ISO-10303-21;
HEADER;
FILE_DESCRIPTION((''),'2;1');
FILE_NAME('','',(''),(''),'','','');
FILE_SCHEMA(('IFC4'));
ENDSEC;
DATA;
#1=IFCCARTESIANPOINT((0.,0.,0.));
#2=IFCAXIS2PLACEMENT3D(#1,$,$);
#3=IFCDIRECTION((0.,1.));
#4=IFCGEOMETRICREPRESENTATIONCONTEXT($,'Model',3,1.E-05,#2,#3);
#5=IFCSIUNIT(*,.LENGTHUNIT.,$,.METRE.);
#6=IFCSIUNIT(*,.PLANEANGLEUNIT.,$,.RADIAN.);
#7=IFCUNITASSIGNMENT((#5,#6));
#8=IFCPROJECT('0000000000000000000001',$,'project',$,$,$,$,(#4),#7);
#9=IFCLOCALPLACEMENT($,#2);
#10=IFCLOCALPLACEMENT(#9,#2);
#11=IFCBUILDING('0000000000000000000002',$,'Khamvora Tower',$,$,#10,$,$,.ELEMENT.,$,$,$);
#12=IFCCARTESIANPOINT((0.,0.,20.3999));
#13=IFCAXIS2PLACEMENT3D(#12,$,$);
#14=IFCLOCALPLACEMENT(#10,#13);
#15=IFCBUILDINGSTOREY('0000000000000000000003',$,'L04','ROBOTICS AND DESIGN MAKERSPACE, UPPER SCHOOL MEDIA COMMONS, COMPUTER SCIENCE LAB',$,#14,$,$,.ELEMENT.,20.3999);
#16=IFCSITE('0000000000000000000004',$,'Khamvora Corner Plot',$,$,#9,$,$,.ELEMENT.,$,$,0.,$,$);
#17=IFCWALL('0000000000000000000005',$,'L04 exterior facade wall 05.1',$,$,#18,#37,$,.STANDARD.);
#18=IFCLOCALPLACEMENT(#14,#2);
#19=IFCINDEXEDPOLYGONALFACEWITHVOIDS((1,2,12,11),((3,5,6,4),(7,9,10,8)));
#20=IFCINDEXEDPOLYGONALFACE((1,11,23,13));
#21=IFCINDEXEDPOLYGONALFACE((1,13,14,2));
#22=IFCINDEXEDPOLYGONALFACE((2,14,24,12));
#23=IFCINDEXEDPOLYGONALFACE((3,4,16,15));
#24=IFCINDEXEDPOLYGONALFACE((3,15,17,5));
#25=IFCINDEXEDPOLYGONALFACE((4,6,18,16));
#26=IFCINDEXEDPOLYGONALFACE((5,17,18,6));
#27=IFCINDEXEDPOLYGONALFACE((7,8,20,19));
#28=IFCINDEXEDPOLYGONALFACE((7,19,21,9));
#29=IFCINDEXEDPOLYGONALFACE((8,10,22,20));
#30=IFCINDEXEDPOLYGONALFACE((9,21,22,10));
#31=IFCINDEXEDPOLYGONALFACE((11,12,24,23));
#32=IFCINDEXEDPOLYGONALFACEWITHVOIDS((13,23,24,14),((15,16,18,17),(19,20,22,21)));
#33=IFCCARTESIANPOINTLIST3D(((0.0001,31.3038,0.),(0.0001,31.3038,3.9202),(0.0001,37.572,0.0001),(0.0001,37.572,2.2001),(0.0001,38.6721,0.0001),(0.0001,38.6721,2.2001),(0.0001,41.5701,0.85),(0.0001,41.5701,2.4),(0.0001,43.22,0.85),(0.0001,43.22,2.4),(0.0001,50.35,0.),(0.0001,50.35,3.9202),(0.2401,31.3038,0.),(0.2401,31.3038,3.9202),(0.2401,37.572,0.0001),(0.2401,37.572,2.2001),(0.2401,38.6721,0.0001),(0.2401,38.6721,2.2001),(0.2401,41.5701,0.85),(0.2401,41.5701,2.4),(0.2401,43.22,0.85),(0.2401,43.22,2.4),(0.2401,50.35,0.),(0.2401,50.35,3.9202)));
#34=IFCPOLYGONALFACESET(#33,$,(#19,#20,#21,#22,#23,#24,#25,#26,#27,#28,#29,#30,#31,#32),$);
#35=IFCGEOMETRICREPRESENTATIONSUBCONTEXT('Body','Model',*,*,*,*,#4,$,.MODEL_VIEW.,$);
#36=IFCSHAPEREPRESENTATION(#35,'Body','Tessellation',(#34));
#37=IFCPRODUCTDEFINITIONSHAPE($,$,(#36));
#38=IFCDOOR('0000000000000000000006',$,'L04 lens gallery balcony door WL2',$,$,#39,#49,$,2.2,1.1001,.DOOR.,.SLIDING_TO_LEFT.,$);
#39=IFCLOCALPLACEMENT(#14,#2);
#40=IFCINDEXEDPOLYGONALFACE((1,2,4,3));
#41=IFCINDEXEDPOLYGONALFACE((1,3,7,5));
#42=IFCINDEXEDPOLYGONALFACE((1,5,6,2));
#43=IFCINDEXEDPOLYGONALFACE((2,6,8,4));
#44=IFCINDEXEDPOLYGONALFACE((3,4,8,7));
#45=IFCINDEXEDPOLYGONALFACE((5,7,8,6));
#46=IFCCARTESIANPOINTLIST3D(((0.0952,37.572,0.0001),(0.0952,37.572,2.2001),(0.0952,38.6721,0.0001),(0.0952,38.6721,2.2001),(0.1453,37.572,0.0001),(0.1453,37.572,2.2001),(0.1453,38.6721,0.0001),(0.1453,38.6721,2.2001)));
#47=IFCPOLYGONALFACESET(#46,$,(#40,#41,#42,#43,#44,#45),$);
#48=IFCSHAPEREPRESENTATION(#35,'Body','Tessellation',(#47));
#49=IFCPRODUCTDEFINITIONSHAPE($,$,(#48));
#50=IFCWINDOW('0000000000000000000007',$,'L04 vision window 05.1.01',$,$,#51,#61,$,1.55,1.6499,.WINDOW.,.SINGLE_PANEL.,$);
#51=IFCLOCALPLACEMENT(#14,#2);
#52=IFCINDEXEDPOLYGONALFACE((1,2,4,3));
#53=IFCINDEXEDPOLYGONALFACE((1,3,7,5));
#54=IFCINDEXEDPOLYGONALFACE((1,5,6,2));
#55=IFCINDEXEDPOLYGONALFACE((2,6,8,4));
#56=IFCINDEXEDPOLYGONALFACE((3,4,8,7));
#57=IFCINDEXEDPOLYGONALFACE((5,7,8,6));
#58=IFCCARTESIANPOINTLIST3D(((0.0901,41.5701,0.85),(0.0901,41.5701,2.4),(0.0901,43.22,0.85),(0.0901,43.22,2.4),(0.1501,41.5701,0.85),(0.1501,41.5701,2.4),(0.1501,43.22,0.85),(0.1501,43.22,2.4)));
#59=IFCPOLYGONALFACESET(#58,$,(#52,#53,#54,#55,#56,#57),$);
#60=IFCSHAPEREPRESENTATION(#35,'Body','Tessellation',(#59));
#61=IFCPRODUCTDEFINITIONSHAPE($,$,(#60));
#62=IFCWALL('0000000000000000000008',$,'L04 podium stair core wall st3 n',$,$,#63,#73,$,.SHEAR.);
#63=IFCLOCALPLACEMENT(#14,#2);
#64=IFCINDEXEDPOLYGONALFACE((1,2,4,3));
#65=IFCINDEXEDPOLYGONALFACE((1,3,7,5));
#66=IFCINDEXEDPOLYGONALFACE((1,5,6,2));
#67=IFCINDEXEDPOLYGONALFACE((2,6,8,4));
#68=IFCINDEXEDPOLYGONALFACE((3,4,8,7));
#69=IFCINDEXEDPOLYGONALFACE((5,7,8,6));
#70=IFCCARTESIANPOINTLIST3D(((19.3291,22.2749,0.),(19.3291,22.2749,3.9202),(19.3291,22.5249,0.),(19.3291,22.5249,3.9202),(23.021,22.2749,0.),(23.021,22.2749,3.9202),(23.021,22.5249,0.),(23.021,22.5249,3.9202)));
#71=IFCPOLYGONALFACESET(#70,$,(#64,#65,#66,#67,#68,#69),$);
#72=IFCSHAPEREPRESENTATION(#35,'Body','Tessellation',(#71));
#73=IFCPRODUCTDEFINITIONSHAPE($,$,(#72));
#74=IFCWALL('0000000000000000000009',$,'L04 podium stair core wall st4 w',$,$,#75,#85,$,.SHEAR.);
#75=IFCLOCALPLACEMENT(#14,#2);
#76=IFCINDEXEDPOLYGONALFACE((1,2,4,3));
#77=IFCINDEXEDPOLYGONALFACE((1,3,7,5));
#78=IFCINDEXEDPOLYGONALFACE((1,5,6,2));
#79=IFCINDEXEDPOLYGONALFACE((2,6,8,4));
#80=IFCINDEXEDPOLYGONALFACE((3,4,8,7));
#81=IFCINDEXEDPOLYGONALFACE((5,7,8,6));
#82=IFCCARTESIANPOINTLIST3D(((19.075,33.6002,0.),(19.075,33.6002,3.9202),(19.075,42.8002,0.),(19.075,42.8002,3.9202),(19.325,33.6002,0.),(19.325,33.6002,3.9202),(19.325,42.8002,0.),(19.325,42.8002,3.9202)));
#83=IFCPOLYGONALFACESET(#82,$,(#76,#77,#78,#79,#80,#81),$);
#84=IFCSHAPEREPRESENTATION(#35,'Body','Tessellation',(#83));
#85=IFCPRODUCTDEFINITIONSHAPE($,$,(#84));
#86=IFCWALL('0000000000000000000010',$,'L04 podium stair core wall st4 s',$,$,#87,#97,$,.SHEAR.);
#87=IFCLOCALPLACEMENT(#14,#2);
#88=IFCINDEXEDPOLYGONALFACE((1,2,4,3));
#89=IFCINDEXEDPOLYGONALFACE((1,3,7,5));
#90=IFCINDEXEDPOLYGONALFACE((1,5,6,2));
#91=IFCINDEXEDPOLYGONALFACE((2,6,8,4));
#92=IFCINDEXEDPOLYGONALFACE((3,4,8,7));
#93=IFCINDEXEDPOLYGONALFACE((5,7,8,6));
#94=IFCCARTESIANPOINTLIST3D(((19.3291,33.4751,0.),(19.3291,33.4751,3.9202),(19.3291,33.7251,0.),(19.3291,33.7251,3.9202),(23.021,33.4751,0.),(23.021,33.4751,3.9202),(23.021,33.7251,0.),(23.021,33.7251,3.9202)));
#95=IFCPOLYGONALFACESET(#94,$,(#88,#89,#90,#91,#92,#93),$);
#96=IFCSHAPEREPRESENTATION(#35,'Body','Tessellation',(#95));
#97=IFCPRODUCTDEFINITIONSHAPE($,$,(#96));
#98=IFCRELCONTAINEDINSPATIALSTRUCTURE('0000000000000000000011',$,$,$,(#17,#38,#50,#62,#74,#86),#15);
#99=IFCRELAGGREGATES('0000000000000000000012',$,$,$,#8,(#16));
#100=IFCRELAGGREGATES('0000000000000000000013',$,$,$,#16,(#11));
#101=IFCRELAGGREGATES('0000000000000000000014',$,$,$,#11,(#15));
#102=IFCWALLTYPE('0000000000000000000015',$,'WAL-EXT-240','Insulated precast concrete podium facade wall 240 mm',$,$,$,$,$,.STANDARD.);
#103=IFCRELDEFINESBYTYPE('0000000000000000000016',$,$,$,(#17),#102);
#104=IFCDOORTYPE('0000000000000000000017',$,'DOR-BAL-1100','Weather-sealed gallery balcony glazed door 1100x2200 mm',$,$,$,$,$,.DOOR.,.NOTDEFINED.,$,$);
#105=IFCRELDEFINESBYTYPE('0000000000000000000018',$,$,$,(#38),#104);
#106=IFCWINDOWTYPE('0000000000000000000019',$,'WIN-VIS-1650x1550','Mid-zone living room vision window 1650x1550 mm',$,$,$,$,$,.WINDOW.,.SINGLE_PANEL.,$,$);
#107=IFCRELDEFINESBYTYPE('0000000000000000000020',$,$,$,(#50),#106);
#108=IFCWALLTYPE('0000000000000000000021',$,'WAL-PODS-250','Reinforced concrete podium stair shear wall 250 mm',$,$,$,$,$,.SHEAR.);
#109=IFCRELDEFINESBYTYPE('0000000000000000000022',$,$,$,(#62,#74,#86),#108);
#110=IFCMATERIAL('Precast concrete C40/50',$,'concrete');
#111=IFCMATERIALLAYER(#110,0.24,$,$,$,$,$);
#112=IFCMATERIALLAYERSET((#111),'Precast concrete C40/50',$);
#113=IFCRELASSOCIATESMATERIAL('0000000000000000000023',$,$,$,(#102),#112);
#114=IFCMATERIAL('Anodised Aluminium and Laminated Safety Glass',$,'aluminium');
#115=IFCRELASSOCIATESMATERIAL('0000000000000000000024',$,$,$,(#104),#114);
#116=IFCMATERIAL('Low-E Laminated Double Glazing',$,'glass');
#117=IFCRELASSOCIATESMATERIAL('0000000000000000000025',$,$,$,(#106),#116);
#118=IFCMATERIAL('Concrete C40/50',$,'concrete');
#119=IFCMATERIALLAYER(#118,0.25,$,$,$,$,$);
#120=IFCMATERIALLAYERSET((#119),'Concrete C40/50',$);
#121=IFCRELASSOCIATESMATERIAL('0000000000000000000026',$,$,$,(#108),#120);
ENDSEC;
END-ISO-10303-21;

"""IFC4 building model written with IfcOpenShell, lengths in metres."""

from ifc_helpers import new_model, si_unit, direction, frame, frame_2d, origin, place, context, subcontext, project, spatial, rectangle, extrude, material, layer, layer_set, type_object, element, fill, save


model = new_model("IFC4")

# Units and contexts
model_context = context("Model", 3, precision=1e-05, world=origin(), true_north=direction((0.0, 1.0)))
body_context = subcontext(model_context, "Body", "Model", "MODEL_VIEW")
ifc_project = project(units=[si_unit("LENGTHUNIT", "METRE"), si_unit("PLANEANGLEUNIT", "RADIAN")], contexts=[model_context])

# Site, building, storey
site_placement = place(None, origin())
site = spatial("IfcSite", under=ifc_project, at=site_placement, Name="Khamvora Corner Plot", CompositionType="ELEMENT", RefElevation=0.0)
building_placement = place(site_placement, origin())
building = spatial("IfcBuilding", under=site, at=building_placement, Name="Khamvora Tower", CompositionType="ELEMENT")
storey_placement = place(building_placement, frame((0.0, 0.0, 20.3999)))
storey = spatial("IfcBuildingStorey", under=building, at=storey_placement, Name="L04", Description="ROBOTICS AND DESIGN MAKERSPACE, UPPER SCHOOL MEDIA COMMONS, COMPUTER SCIENCE LAB", CompositionType="ELEMENT", Elevation=20.3999)

# Shared definitions
ifc_material_1 = material(Name="Precast concrete C40/50", Category="concrete")
ifc_layer_1 = layer(ifc_material_1, 0.24)
ifc_layer_set_1 = layer_set([ifc_layer_1], Name="Precast concrete C40/50")
wall_type_1 = type_object("IfcWallType", Name="WAL-EXT-240", Description="Insulated precast concrete podium facade wall 240 mm", PredefinedType="STANDARD", material=ifc_layer_set_1)

# Wall, openings, door, window
wall_1_placement = place(storey_placement, frame((0.1201, 31.304, 0.0), z_axis=(0.0, 0.0, 1.0), x_axis=(0.0, 1.0, 0.0)))
wall_1 = element("IfcWall", 1, at=wall_1_placement, inside=storey, type_object=wall_type_1, Name="L04 exterior facade wall 05.1", PredefinedType="STANDARD", context=body_context, shape_type="SweptSolid", body=[
    extrude(rectangle(XDim=19.0461, YDim=0.24, at=frame_2d((9.5229, 0.0))), origin(), (0.0, 0.0, 1.0), 3.9202),
])
opening_1_placement = place(wall_1_placement, frame((6.2681, 0.0, 0.0)))
opening_1 = element("IfcOpeningElement", 2, at=opening_1_placement, cuts=wall_1, PredefinedType="OPENING", context=body_context, shape_type="SweptSolid", body=[
    extrude(rectangle(XDim=1.1001, YDim=2.2, at=frame_2d((0.55, 1.1001))), frame((0.0, 0.1299, 0.0), z_axis=(0.0, -1.0, 0.0), x_axis=(1.0, 0.0, 0.0)), (0.0, 0.0, 1.0), 0.26),
])
opening_2_placement = place(wall_1_placement, frame((10.2661, 0.0, 0.8501)))
opening_2 = element("IfcOpeningElement", 3, at=opening_2_placement, cuts=wall_1, PredefinedType="OPENING", context=body_context, shape_type="SweptSolid", body=[
    extrude(rectangle(XDim=1.6499, YDim=1.55, at=frame_2d((0.825, 0.7749))), frame((0.0, 0.1299, 0.0), z_axis=(0.0, -1.0, 0.0), x_axis=(1.0, 0.0, 0.0)), (0.0, 0.0, 1.0), 0.26),
])
ifc_material_2 = material(Name="Anodised Aluminium and Laminated Safety Glass", Category="aluminium")
door_type_1 = type_object("IfcDoorType", Name="DOR-BAL-1100", Description="Weather-sealed gallery balcony glazed door 1100x2200 mm", OperationType="NOTDEFINED", PredefinedType="DOOR", material=ifc_material_2)
door_1_placement = place(opening_1_placement, origin())
door_1 = element("IfcDoor", 4, at=door_1_placement, inside=storey, type_object=door_type_1, Name="L04 lens gallery balcony door WL2", OperationType="SLIDING_TO_LEFT", OverallHeight=2.2, OverallWidth=1.1001, PredefinedType="DOOR", context=body_context, shape_type="SweptSolid", body=[
    extrude(rectangle(XDim=1.1001, YDim=2.2, at=frame_2d((0.55, 1.1001))), frame((0.0, 0.0249, 0.0), z_axis=(0.0, -1.0, 0.0), x_axis=(1.0, 0.0, 0.0)), (0.0, 0.0, 1.0), 0.05),
])
fill(opening_1, door_1)
ifc_material_3 = material(Name="Low-E Laminated Double Glazing", Category="glass")
window_type = type_object("IfcWindowType", Name="WIN-VIS-1650x1550", Description="Mid-zone living room vision window 1650x1550 mm", PartitioningType="SINGLE_PANEL", PredefinedType="WINDOW", material=ifc_material_3)
window_placement = place(opening_2_placement, origin())
window = element("IfcWindow", 5, at=window_placement, inside=storey, type_object=window_type, Name="L04 vision window 05.1.01", OverallHeight=1.55, OverallWidth=1.6499, PartitioningType="SINGLE_PANEL", PredefinedType="WINDOW", context=body_context, shape_type="SweptSolid", body=[
    extrude(rectangle(XDim=1.6499, YDim=1.55, at=frame_2d((0.825, 0.7749))), frame((0.0, 0.03, 0.0), z_axis=(0.0, -1.0, 0.0), x_axis=(1.0, 0.0, 0.0)), (0.0, 0.0, 1.0), 0.0601),
])
fill(opening_2, window)

# Walls
ifc_material_4 = material(Name="Concrete C40/50", Category="concrete")
ifc_layer_2 = layer(ifc_material_4, 0.25)
ifc_layer_set_2 = layer_set([ifc_layer_2], Name="Concrete C40/50")
wall_type_2 = type_object("IfcWallType", Name="WAL-PODS-250", Description="Reinforced concrete podium stair shear wall 250 mm", PredefinedType="SHEAR", material=ifc_layer_set_2)
wall_2_placement = place(storey_placement, frame((19.3291, 22.3999, 0.0), z_axis=(0.0, 0.0, 1.0), x_axis=(1.0, 0.0, 0.0)))
element("IfcWall", 6, at=wall_2_placement, inside=storey, type_object=wall_type_2, Name="L04 podium stair core wall st3 n", PredefinedType="SHEAR", context=body_context, shape_type="SweptSolid", body=[
    extrude(rectangle(XDim=3.6919, YDim=0.25, at=frame_2d((1.8459, 0.0))), origin(), (0.0, 0.0, 1.0), 3.9202),
])
wall_3_placement = place(storey_placement, frame((19.2, 33.6001, 0.0), z_axis=(0.0, 0.0, 1.0), x_axis=(0.0, 1.0, 0.0)))
element("IfcWall", 7, at=wall_3_placement, inside=storey, type_object=wall_type_2, Name="L04 podium stair core wall st4 w", PredefinedType="SHEAR", context=body_context, shape_type="SweptSolid", body=[
    extrude(rectangle(XDim=9.2, YDim=0.25, at=frame_2d((4.6001, 0.0))), origin(), (0.0, 0.0, 1.0), 3.9202),
])
wall_4_placement = place(storey_placement, frame((19.3291, 33.6001, 0.0), z_axis=(0.0, 0.0, 1.0), x_axis=(1.0, 0.0, 0.0)))
element("IfcWall", 8, at=wall_4_placement, inside=storey, type_object=wall_type_2, Name="L04 podium stair core wall st4 s", PredefinedType="SHEAR", context=body_context, shape_type="SweptSolid", body=[
    extrude(rectangle(XDim=3.6919, YDim=0.25, at=frame_2d((1.8459, 0.0))), origin(), (0.0, 0.0, 1.0), 3.9202),
])

save(model, "model.ifc")
